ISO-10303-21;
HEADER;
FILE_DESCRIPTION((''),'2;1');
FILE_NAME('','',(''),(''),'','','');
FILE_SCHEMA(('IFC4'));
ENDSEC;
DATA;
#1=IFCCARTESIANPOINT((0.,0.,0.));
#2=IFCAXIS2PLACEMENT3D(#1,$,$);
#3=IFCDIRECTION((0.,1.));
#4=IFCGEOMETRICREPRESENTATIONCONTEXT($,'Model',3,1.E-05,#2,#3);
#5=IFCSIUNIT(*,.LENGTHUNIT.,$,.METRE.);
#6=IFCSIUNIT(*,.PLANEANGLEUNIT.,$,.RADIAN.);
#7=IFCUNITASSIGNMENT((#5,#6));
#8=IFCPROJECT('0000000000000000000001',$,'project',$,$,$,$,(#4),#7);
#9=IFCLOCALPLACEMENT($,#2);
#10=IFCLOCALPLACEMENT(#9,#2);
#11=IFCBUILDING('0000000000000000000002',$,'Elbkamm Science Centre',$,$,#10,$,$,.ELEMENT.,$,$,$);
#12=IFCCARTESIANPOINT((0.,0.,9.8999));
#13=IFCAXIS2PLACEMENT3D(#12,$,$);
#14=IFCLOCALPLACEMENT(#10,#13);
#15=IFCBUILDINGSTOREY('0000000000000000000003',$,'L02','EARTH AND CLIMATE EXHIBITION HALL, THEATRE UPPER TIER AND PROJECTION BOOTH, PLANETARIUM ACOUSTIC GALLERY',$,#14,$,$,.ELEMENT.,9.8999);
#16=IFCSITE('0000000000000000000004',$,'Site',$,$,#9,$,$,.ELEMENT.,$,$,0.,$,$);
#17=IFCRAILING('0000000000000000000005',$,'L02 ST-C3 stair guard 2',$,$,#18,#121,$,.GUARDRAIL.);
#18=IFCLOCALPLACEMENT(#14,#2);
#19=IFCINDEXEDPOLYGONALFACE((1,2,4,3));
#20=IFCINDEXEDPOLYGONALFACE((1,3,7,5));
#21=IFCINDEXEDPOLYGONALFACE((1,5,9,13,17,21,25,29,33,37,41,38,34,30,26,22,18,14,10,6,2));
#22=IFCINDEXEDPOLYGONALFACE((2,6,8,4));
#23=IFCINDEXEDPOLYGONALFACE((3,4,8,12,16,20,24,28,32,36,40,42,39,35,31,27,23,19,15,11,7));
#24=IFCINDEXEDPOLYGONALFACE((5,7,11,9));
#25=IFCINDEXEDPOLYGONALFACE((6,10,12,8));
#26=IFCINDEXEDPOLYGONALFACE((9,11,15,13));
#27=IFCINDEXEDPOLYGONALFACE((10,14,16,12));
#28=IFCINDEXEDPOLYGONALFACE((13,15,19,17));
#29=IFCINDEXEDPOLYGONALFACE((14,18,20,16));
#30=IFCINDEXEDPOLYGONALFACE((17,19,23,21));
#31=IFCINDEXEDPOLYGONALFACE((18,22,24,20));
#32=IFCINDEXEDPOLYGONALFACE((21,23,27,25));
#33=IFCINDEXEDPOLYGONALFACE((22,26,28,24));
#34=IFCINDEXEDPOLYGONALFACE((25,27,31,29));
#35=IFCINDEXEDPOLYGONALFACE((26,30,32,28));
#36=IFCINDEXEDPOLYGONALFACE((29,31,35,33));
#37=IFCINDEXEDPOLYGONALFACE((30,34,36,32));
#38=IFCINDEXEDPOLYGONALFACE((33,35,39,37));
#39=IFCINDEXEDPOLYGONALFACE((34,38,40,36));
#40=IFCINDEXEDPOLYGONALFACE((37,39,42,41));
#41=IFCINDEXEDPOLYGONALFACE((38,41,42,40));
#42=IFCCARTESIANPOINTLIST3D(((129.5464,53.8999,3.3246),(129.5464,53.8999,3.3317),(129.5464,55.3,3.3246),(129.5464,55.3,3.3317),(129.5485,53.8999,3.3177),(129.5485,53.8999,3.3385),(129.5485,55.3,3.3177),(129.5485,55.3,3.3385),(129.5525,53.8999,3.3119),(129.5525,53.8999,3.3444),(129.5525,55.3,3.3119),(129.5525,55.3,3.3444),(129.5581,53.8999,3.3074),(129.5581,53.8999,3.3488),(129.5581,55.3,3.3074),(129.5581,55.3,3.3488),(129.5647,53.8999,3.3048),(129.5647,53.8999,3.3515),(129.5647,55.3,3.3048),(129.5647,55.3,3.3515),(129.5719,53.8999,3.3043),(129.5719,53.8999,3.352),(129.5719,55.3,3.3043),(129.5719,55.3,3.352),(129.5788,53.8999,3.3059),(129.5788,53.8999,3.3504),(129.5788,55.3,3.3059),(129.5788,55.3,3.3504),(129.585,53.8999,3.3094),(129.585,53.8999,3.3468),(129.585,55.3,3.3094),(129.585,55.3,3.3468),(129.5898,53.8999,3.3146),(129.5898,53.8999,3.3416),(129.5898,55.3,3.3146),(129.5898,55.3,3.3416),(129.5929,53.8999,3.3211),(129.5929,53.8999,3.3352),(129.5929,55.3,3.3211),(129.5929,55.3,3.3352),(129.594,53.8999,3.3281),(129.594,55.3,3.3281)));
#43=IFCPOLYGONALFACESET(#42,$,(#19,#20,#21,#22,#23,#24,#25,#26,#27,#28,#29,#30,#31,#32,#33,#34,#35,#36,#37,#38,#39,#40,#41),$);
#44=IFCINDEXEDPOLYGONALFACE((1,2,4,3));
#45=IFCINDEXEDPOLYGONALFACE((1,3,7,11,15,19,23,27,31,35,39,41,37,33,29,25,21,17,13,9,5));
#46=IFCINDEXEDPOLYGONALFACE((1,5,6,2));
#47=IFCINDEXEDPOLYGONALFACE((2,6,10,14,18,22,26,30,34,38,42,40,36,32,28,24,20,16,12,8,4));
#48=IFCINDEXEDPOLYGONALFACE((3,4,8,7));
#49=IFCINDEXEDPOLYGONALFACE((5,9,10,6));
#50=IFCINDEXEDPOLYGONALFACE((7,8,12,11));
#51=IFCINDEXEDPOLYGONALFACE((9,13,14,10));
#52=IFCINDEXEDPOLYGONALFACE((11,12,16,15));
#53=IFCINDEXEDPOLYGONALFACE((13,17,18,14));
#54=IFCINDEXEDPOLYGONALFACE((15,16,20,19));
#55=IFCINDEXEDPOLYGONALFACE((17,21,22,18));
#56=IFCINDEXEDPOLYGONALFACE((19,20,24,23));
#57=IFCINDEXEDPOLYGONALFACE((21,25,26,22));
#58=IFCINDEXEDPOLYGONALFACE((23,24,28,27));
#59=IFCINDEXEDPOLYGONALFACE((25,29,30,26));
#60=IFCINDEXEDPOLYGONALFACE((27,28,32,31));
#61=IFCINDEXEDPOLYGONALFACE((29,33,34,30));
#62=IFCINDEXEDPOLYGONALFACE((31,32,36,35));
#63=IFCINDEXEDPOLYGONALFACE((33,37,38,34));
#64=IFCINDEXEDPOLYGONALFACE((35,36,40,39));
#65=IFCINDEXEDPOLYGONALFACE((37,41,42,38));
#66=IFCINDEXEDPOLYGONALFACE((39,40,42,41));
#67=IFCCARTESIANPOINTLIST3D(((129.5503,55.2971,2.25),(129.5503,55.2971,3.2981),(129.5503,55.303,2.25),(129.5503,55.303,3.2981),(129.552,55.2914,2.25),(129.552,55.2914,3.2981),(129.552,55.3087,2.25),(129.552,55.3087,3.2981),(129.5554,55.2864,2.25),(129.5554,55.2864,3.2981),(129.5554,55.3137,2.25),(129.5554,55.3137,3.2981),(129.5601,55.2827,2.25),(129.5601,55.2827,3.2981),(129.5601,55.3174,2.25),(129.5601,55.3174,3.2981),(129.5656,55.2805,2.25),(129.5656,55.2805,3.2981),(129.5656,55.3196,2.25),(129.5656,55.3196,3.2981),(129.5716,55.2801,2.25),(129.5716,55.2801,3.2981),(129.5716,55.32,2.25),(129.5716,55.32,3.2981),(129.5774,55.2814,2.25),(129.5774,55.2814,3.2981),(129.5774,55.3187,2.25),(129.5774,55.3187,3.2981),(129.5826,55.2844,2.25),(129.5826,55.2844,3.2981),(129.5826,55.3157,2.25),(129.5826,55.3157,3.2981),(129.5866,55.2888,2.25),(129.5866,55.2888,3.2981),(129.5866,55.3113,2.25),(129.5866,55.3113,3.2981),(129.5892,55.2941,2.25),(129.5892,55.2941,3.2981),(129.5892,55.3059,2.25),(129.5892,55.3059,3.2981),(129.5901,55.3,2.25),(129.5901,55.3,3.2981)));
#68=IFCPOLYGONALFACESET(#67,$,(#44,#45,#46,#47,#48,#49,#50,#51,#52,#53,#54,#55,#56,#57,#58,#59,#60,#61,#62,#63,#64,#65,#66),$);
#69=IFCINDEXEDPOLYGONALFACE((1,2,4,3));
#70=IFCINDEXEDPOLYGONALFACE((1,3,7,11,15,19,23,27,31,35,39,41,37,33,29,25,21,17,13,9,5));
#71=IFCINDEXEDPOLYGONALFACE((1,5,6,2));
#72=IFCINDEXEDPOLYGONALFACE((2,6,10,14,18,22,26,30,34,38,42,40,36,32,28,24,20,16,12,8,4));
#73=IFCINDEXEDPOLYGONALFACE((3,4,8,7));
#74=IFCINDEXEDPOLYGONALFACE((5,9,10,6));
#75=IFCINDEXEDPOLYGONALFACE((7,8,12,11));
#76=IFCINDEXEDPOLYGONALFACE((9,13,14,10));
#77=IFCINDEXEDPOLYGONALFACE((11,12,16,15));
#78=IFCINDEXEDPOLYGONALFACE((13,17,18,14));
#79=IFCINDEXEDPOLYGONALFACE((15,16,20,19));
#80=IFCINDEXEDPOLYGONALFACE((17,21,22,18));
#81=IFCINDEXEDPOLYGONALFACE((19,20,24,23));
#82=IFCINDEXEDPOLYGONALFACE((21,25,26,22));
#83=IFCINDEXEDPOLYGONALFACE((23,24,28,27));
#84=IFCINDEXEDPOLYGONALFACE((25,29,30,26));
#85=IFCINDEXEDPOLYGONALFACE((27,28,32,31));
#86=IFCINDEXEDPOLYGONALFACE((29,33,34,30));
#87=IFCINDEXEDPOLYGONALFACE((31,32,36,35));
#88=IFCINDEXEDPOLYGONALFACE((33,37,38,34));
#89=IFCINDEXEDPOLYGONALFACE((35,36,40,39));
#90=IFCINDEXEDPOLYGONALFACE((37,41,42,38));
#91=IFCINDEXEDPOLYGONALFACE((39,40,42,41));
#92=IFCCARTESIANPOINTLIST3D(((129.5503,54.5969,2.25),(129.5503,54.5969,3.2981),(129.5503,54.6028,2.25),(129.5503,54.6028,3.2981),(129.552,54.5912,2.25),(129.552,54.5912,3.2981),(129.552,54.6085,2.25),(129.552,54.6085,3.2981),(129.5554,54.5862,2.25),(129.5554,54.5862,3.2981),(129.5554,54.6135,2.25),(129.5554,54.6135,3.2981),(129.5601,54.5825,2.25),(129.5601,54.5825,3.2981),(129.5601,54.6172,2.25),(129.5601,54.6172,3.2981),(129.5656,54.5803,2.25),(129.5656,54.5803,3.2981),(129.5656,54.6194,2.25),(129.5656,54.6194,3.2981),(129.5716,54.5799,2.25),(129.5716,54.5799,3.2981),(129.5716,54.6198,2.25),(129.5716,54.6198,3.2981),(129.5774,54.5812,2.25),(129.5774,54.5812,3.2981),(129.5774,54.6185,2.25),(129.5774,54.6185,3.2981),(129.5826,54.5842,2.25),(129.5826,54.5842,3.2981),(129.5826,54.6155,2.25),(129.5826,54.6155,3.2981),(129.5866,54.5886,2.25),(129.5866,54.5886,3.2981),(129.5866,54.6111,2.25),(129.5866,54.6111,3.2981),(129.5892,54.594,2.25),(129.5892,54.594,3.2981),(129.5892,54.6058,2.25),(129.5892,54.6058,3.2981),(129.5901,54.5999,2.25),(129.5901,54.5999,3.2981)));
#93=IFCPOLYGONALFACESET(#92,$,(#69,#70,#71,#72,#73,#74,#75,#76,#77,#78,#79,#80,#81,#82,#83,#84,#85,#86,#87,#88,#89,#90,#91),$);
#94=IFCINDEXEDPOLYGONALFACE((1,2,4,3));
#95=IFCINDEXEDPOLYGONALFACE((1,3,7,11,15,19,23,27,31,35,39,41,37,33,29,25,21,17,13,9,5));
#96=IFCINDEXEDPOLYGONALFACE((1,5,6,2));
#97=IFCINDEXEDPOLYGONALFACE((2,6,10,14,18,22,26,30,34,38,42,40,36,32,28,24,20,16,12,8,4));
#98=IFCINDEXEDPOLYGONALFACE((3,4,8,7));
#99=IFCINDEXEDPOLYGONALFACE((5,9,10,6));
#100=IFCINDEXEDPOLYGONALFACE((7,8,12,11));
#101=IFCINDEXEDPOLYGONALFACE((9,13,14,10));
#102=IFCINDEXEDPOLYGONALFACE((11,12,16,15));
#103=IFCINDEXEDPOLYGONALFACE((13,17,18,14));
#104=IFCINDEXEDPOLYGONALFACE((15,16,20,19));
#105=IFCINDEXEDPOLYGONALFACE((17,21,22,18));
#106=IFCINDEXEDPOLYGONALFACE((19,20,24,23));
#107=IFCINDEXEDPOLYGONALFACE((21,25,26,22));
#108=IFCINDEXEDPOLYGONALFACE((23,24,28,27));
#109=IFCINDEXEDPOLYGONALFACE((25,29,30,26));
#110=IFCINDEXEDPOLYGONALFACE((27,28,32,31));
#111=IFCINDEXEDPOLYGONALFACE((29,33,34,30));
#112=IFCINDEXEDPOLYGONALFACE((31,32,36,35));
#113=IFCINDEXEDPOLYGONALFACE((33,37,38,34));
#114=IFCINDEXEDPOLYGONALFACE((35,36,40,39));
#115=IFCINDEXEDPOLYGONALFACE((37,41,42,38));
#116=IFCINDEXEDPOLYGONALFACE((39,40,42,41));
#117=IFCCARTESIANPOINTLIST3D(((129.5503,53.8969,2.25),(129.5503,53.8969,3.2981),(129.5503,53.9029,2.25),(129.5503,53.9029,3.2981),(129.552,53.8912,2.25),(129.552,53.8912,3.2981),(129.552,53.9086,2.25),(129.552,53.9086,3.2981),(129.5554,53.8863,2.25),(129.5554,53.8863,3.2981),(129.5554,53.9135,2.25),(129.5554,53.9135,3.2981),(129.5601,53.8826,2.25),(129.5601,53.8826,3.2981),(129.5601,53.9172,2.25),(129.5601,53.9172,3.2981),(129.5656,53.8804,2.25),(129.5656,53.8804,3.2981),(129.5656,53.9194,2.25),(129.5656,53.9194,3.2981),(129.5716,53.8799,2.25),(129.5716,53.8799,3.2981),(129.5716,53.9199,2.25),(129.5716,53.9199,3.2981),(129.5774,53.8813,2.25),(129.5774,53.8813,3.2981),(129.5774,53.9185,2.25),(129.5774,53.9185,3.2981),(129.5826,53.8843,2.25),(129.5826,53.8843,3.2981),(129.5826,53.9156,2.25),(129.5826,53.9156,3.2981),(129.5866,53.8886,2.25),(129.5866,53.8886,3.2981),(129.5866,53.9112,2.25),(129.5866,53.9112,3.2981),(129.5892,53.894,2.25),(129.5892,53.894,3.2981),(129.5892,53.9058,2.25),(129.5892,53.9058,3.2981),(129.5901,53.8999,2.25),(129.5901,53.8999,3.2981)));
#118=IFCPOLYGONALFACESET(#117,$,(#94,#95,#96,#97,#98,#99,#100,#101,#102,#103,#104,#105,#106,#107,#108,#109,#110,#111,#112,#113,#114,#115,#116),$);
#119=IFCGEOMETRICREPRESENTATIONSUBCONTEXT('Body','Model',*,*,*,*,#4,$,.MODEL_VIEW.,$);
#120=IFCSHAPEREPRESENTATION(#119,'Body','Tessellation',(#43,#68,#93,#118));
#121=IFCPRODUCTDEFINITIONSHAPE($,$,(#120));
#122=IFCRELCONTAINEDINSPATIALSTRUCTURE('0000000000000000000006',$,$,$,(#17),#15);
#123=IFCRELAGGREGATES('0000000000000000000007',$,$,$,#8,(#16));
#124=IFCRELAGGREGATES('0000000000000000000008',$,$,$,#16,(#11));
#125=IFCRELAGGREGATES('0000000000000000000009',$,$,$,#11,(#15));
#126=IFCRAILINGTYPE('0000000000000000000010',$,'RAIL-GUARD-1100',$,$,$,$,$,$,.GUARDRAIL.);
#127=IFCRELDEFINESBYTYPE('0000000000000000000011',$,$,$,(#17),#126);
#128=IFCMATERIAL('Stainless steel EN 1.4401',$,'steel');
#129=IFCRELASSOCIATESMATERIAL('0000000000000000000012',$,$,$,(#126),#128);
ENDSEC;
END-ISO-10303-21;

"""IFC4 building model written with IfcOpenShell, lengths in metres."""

from ifc_helpers import new_model, si_unit, direction, frame, origin, origin_2d, place, context, subcontext, project, spatial, circle, extrude, material, type_object, element, save


model = new_model("IFC4")

# Units and contexts
model_context = context("Model", 3, precision=1e-05, world=origin(), true_north=direction((0.0, 1.0)))
body_context = subcontext(model_context, "Body", "Model", "MODEL_VIEW")
ifc_project = project(units=[si_unit("LENGTHUNIT", "METRE"), si_unit("PLANEANGLEUNIT", "RADIAN")], contexts=[model_context])

# Site, building, storey
site_placement = place(None, origin())
site = spatial("IfcSite", under=ifc_project, at=site_placement, Name="Site", CompositionType="ELEMENT", RefElevation=0.0)
building_placement = place(site_placement, origin())
building = spatial("IfcBuilding", under=site, at=building_placement, Name="Elbkamm Science Centre", CompositionType="ELEMENT")
storey_placement = place(building_placement, frame((0.0, 0.0, 9.8999)))
storey = spatial("IfcBuildingStorey", under=building, at=storey_placement, Name="L02", Description="EARTH AND CLIMATE EXHIBITION HALL, THEATRE UPPER TIER AND PROJECTION BOOTH, PLANETARIUM ACOUSTIC GALLERY", CompositionType="ELEMENT", Elevation=9.8999)

# Railing
ifc_material_1 = material(Name="Stainless steel EN 1.4401", Category="steel")
railing_type_1 = type_object("IfcRailingType", Name="RAIL-GUARD-1100", PredefinedType="GUARDRAIL", material=ifc_material_1)
railing_1_placement = place(storey_placement, frame((129.5701, 55.3, 2.25)))
element("IfcRailing", 1, at=railing_1_placement, inside=storey, type_object=railing_type_1, Name="L02 ST-C3 stair guard 2", PredefinedType="GUARDRAIL", context=body_context, shape_type="SweptSolid", body=[
    extrude(circle(Radius=0.0239, at=origin_2d()), frame((0.0, 0.0, 1.0781), z_axis=(0.0, -1.0, 0.0), x_axis=(1.0, 0.0, 0.0)), (0.0, 0.0, 1.0), 1.4001),
    extrude(circle(Radius=0.02, at=origin_2d()), origin(), (0.0, 0.0, 1.0), 1.0481),
    extrude(circle(Radius=0.02, at=origin_2d()), frame((0.0, -0.7002, 0.0)), (0.0, 0.0, 1.0), 1.0481),
    extrude(circle(Radius=0.02, at=origin_2d()), frame((0.0, -1.4001, 0.0)), (0.0, 0.0, 1.0), 1.0481),
])

save(model, "model.ifc")
